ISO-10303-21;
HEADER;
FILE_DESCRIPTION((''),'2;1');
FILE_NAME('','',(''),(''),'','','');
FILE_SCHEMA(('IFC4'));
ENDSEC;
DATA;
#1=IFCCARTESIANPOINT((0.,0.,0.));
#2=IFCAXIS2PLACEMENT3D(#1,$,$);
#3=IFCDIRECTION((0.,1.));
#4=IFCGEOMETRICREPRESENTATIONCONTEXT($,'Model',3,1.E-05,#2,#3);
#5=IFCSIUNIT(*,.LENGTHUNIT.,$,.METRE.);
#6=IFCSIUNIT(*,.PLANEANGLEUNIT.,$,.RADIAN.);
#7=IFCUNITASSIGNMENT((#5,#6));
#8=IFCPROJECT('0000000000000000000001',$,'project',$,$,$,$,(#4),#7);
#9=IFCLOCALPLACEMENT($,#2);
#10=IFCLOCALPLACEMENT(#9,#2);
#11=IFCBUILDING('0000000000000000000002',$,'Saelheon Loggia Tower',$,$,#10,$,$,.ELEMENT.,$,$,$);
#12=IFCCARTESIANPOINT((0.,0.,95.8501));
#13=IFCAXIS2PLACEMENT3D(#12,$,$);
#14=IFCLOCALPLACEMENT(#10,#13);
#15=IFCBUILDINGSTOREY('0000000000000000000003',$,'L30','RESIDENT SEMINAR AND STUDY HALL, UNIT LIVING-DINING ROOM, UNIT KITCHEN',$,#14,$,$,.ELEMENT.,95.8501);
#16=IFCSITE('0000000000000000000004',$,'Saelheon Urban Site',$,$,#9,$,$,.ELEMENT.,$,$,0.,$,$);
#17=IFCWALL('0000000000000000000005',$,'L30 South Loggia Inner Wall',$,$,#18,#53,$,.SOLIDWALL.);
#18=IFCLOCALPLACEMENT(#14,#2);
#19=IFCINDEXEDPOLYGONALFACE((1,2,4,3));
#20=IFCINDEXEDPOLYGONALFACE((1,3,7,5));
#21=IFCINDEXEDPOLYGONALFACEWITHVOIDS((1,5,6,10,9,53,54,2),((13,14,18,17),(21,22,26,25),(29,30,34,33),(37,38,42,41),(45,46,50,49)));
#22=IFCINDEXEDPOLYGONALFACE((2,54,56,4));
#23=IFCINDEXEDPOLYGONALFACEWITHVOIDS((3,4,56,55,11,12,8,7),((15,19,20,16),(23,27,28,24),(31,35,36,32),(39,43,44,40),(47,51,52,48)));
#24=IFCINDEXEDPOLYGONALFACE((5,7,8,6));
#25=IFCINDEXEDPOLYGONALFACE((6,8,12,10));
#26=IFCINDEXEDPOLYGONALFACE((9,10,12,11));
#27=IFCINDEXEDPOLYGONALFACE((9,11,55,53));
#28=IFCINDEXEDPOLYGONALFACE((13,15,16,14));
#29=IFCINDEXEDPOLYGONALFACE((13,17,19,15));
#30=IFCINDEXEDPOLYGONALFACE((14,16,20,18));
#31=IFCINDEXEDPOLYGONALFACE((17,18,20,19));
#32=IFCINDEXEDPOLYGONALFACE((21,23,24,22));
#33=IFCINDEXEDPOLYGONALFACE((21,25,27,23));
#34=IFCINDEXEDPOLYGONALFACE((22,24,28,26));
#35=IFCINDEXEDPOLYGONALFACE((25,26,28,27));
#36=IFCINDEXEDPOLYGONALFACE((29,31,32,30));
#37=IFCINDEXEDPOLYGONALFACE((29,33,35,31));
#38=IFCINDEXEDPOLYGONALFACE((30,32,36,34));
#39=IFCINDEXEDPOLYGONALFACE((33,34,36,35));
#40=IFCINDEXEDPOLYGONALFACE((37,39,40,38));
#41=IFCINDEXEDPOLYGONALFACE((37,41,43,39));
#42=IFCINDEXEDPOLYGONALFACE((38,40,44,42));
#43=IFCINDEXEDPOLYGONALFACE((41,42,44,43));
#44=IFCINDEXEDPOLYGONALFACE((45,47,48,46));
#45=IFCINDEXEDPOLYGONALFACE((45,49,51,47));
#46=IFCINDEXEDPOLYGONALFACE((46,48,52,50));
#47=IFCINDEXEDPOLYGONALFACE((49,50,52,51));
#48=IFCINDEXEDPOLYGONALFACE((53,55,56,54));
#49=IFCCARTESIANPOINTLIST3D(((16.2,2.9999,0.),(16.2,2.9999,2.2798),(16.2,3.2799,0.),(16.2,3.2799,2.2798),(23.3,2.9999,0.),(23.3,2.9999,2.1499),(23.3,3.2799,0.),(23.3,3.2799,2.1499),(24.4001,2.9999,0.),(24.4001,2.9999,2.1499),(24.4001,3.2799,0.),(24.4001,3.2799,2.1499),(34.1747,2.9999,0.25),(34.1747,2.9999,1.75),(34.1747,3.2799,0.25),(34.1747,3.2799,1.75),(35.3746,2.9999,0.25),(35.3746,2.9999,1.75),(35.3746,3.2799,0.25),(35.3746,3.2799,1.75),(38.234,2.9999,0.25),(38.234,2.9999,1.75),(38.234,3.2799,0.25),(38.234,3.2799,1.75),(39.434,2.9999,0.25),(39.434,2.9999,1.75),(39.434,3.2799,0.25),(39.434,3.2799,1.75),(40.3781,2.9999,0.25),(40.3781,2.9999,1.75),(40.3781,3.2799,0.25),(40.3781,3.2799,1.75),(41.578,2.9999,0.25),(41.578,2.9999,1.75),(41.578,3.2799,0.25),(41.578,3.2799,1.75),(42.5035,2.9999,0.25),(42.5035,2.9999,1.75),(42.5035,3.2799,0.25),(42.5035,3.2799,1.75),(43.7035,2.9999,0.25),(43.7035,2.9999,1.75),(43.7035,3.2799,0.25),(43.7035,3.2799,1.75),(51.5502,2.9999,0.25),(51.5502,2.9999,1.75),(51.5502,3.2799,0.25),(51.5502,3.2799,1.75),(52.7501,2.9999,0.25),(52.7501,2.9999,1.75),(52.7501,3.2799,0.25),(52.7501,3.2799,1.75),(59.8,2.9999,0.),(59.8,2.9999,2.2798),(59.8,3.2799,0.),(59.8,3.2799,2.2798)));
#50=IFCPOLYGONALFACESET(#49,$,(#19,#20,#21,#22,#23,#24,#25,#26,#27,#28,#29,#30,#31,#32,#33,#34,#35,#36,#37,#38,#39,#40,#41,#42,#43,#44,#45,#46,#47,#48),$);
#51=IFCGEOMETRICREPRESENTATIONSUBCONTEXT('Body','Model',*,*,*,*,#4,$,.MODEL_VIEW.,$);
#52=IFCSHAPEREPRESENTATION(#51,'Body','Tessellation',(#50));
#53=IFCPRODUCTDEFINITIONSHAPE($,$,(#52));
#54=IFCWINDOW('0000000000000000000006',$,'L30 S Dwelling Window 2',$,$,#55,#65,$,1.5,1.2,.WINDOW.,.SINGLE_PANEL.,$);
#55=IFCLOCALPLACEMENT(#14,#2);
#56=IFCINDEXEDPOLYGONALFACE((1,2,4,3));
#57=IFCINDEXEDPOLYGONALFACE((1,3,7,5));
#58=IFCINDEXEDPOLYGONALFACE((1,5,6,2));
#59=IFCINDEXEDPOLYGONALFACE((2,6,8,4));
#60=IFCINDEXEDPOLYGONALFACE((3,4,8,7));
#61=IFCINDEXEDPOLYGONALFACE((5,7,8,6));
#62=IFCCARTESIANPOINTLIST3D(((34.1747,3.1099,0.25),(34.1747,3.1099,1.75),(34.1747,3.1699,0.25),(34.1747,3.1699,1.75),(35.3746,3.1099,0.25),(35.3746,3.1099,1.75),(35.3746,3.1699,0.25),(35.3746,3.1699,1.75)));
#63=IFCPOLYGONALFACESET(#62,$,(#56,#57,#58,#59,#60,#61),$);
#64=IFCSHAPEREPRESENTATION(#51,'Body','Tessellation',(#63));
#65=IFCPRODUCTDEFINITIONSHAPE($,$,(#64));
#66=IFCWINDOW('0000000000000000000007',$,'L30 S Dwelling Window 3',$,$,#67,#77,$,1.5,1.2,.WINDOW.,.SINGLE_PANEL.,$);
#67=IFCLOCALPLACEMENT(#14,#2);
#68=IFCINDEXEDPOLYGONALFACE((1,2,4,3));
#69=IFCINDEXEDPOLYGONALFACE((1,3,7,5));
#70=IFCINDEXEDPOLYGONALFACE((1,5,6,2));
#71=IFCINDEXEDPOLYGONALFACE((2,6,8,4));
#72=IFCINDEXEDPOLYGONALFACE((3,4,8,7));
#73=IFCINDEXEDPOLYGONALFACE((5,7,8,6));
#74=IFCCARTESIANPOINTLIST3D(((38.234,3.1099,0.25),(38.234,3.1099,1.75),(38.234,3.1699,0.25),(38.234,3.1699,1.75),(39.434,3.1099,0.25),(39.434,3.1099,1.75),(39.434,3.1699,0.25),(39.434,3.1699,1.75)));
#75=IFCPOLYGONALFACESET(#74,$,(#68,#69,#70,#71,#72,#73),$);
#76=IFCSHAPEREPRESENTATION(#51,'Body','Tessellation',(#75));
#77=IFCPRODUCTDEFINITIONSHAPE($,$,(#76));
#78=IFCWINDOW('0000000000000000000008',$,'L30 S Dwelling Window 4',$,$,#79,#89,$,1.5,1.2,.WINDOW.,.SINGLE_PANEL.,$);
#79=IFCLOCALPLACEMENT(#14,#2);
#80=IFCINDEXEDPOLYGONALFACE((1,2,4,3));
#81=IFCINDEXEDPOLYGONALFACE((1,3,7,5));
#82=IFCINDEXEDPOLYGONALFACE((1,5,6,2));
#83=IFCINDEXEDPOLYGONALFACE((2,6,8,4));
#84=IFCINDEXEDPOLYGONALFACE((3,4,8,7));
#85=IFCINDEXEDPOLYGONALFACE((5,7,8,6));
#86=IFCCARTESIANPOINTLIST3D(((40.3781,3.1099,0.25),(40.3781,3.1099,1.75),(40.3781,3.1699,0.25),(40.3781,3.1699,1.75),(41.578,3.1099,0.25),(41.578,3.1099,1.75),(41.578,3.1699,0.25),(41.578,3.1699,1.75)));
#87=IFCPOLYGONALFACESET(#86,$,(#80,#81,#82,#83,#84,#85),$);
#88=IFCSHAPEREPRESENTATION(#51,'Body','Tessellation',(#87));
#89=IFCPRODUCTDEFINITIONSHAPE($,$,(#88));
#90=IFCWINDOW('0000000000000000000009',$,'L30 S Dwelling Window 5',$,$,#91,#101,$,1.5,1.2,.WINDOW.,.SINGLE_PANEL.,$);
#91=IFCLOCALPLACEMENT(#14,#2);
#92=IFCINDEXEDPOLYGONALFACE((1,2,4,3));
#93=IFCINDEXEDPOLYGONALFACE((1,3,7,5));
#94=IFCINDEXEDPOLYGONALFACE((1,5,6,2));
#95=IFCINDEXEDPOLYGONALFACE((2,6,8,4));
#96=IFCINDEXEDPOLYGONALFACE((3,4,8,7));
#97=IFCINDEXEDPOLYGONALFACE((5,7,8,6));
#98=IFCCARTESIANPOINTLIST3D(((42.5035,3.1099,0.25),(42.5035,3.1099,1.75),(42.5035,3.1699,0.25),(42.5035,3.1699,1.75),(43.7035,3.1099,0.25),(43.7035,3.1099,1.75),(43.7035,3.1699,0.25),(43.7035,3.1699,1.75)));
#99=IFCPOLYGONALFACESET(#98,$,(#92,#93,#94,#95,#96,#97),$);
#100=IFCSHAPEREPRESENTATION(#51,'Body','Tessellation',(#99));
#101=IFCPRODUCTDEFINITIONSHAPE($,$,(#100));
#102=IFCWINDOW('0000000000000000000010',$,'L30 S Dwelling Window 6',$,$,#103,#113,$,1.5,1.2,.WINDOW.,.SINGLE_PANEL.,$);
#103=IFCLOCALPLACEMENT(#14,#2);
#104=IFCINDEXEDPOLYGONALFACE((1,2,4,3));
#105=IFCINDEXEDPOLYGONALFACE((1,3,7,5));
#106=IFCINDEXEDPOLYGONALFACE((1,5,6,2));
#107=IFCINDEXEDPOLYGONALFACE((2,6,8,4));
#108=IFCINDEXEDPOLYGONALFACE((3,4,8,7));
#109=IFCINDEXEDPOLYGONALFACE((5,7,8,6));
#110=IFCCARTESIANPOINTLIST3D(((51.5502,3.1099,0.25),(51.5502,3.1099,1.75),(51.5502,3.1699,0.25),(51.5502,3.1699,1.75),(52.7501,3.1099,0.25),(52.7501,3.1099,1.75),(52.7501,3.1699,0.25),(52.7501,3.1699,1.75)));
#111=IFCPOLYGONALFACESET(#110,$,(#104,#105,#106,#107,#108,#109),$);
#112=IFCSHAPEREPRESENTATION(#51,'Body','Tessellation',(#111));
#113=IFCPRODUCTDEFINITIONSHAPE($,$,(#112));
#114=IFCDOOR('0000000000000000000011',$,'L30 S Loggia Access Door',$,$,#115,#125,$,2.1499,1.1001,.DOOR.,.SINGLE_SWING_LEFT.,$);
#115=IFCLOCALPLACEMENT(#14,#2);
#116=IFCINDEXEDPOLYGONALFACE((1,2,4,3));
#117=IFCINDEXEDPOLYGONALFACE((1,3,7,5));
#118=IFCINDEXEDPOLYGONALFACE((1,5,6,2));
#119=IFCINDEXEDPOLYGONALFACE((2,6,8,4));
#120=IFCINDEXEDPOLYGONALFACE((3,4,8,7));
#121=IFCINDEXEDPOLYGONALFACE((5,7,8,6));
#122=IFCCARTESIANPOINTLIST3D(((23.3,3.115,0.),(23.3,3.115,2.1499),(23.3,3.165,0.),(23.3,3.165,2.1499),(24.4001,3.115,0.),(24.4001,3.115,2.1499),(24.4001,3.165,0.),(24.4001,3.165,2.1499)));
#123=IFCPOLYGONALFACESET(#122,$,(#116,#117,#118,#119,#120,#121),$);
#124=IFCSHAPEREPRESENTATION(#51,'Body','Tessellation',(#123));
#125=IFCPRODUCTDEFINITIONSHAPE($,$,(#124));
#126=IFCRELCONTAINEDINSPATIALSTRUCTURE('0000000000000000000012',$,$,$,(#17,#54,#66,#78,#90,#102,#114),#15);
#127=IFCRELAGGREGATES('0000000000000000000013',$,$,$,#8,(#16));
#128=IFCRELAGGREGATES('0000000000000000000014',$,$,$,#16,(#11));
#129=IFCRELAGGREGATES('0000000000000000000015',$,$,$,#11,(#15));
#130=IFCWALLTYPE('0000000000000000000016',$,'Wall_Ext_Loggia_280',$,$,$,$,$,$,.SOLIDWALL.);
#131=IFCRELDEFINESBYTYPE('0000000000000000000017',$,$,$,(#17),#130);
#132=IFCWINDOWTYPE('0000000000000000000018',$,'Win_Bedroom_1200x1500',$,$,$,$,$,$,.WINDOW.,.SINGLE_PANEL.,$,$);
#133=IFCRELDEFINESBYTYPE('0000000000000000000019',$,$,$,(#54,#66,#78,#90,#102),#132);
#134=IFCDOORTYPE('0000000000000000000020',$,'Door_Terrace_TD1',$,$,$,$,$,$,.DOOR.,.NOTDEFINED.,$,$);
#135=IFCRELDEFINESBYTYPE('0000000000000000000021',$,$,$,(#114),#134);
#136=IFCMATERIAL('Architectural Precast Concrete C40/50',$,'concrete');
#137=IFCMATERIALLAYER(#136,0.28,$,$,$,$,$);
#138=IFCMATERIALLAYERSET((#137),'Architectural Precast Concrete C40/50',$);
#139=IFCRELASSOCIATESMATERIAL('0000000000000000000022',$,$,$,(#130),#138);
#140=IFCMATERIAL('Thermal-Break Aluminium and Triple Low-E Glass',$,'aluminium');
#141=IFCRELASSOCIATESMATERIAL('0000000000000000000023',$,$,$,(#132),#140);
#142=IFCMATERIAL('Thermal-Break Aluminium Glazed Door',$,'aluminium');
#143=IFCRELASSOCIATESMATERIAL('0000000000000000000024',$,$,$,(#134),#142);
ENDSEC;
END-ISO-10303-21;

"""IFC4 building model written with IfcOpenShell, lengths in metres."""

from ifc_helpers import new_model, si_unit, direction, frame, frame_2d, origin, place, context, subcontext, project, spatial, rectangle, extrude, source, transform, mapped, material, layer, layer_set, type_object, element, fill, save


model = new_model("IFC4")

# Units and contexts
model_context = context("Model", 3, precision=1e-05, world=origin(), true_north=direction((0.0, 1.0)))
body_context = subcontext(model_context, "Body", "Model", "MODEL_VIEW")
ifc_project = project(units=[si_unit("LENGTHUNIT", "METRE"), si_unit("PLANEANGLEUNIT", "RADIAN")], contexts=[model_context])

# Site, building, storey
site_placement = place(None, origin())
site = spatial("IfcSite", under=ifc_project, at=site_placement, Name="Saelheon Urban Site", CompositionType="ELEMENT", RefElevation=0.0)
building_placement = place(site_placement, origin())
building = spatial("IfcBuilding", under=site, at=building_placement, Name="Saelheon Loggia Tower", CompositionType="ELEMENT")
storey_placement = place(building_placement, frame((0.0, 0.0, 95.8501)))
storey = spatial("IfcBuildingStorey", under=building, at=storey_placement, Name="L30", Description="RESIDENT SEMINAR AND STUDY HALL, UNIT LIVING-DINING ROOM, UNIT KITCHEN", CompositionType="ELEMENT", Elevation=95.8501)

# Wall, openings, windows, door
ifc_material_1 = material(Name="Architectural Precast Concrete C40/50", Category="concrete")
ifc_layer_1 = layer(ifc_material_1, 0.28)
ifc_layer_set_1 = layer_set([ifc_layer_1], Name="Architectural Precast Concrete C40/50")
wall_type_1 = type_object("IfcWallType", Name="Wall_Ext_Loggia_280", PredefinedType="SOLIDWALL", material=ifc_layer_set_1)
wall_1_placement = place(storey_placement, frame((16.2, 3.1399, 0.0), z_axis=(0.0, 0.0, 1.0), x_axis=(1.0, 0.0, 0.0)))
wall_1 = element("IfcWall", 1, at=wall_1_placement, inside=storey, type_object=wall_type_1, Name="L30 South Loggia Inner Wall", PredefinedType="SOLIDWALL", context=body_context, shape_type="SweptSolid", body=[
    extrude(rectangle(XDim=43.6001, YDim=0.28, at=frame_2d((21.8, 0.0))), origin(), (0.0, 0.0, 1.0), 2.2798),
])
opening_1_placement = place(wall_1_placement, frame((8.2002, 0.0, 0.0), z_axis=(0.0, 0.0, 1.0), x_axis=(-1.0, 0.0, 0.0)))
opening_1 = element("IfcOpeningElement", 2, at=opening_1_placement, cuts=wall_1, PredefinedType="OPENING", context=body_context, shape_type="SweptSolid", body=[
    extrude(rectangle(XDim=1.1001, YDim=2.1499, at=frame_2d((0.55, 1.075))), frame((0.0, 0.1521, 0.0), z_axis=(0.0, -1.0, 0.0), x_axis=(1.0, 0.0, 0.0)), (0.0, 0.0, 1.0), 0.304),
])
opening_2_placement = place(wall_1_placement, frame((17.9746, 0.0, 0.25)))
opening_2 = element("IfcOpeningElement", 3, at=opening_2_placement, cuts=wall_1, PredefinedType="OPENING", context=body_context, shape_type="SweptSolid", body=[
    extrude(rectangle(XDim=1.2, YDim=1.5, at=frame_2d((0.6001, 0.75))), frame((0.0, 0.1521, 0.0), z_axis=(0.0, -1.0, 0.0), x_axis=(1.0, 0.0, 0.0)), (0.0, 0.0, 1.0), 0.304),
])
opening_3_placement = place(wall_1_placement, frame((22.0339, 0.0, 0.25)))
opening_3 = element("IfcOpeningElement", 4, at=opening_3_placement, cuts=wall_1, PredefinedType="OPENING", context=body_context, shape_type="SweptSolid", body=[
    extrude(rectangle(XDim=1.2, YDim=1.5, at=frame_2d((0.6001, 0.75))), frame((0.0, 0.1521, 0.0), z_axis=(0.0, -1.0, 0.0), x_axis=(1.0, 0.0, 0.0)), (0.0, 0.0, 1.0), 0.304),
])
opening_4_placement = place(wall_1_placement, frame((24.178, 0.0, 0.25)))
opening_4 = element("IfcOpeningElement", 5, at=opening_4_placement, cuts=wall_1, PredefinedType="OPENING", context=body_context, shape_type="SweptSolid", body=[
    extrude(rectangle(XDim=1.2, YDim=1.5, at=frame_2d((0.6001, 0.75))), frame((0.0, 0.1521, 0.0), z_axis=(0.0, -1.0, 0.0), x_axis=(1.0, 0.0, 0.0)), (0.0, 0.0, 1.0), 0.304),
])
opening_5_placement = place(wall_1_placement, frame((26.3035, 0.0, 0.25)))
opening_5 = element("IfcOpeningElement", 6, at=opening_5_placement, cuts=wall_1, PredefinedType="OPENING", context=body_context, shape_type="SweptSolid", body=[
    extrude(rectangle(XDim=1.2, YDim=1.5, at=frame_2d((0.6001, 0.75))), frame((0.0, 0.1521, 0.0), z_axis=(0.0, -1.0, 0.0), x_axis=(1.0, 0.0, 0.0)), (0.0, 0.0, 1.0), 0.304),
])
opening_6_placement = place(wall_1_placement, frame((35.3501, 0.0, 0.25)))
opening_6 = element("IfcOpeningElement", 7, at=opening_6_placement, cuts=wall_1, PredefinedType="OPENING", context=body_context, shape_type="SweptSolid", body=[
    extrude(rectangle(XDim=1.2, YDim=1.5, at=frame_2d((0.6001, 0.75))), frame((0.0, 0.1521, 0.0), z_axis=(0.0, -1.0, 0.0), x_axis=(1.0, 0.0, 0.0)), (0.0, 0.0, 1.0), 0.304),
])
ifc_material_2 = material(Name="Thermal-Break Aluminium and Triple Low-E Glass", Category="aluminium")
window_type = type_object("IfcWindowType", Name="Win_Bedroom_1200x1500", PartitioningType="SINGLE_PANEL", PredefinedType="WINDOW", material=ifc_material_2)
shared_shape_1 = source(origin(), body_context, "Body", "SweptSolid", [
    extrude(rectangle(XDim=1.2, YDim=1.5, at=frame_2d((0.6001, 0.75))), frame((0.0, 0.03, 0.0), z_axis=(0.0, -1.0, 0.0), x_axis=(1.0, 0.0, 0.0)), (0.0, 0.0, 1.0), 0.0601),
])
window_1_placement = place(opening_2_placement, origin())
window_1 = element("IfcWindow", 8, at=window_1_placement, inside=storey, type_object=window_type, Name="L30 S Dwelling Window 2", OverallHeight=1.5, OverallWidth=1.2, PartitioningType="SINGLE_PANEL", PredefinedType="WINDOW", context=body_context, shape_type="MappedRepresentation", body=[
    mapped(shared_shape_1, transform((0.0, 0.0, 0.0), scale=1.0)),
])
fill(opening_2, window_1)
window_2_placement = place(opening_3_placement, origin())
window_2 = element("IfcWindow", 9, at=window_2_placement, inside=storey, type_object=window_type, Name="L30 S Dwelling Window 3", OverallHeight=1.5, OverallWidth=1.2, PartitioningType="SINGLE_PANEL", PredefinedType="WINDOW", context=body_context, shape_type="MappedRepresentation", body=[
    mapped(shared_shape_1, transform((0.0, 0.0, 0.0), scale=1.0)),
])
fill(opening_3, window_2)
window_3_placement = place(opening_4_placement, origin())
window_3 = element("IfcWindow", 10, at=window_3_placement, inside=storey, type_object=window_type, Name="L30 S Dwelling Window 4", OverallHeight=1.5, OverallWidth=1.2, PartitioningType="SINGLE_PANEL", PredefinedType="WINDOW", context=body_context, shape_type="MappedRepresentation", body=[
    mapped(shared_shape_1, transform((0.0, 0.0, 0.0), scale=1.0)),
])
fill(opening_4, window_3)
window_4_placement = place(opening_5_placement, origin())
window_4 = element("IfcWindow", 11, at=window_4_placement, inside=storey, type_object=window_type, Name="L30 S Dwelling Window 5", OverallHeight=1.5, OverallWidth=1.2, PartitioningType="SINGLE_PANEL", PredefinedType="WINDOW", context=body_context, shape_type="MappedRepresentation", body=[
    mapped(shared_shape_1, transform((0.0, 0.0, 0.0), scale=1.0)),
])
fill(opening_5, window_4)
window_5_placement = place(opening_6_placement, origin())
window_5 = element("IfcWindow", 12, at=window_5_placement, inside=storey, type_object=window_type, Name="L30 S Dwelling Window 6", OverallHeight=1.5, OverallWidth=1.2, PartitioningType="SINGLE_PANEL", PredefinedType="WINDOW", context=body_context, shape_type="MappedRepresentation", body=[
    mapped(shared_shape_1, transform((0.0, 0.0, 0.0), scale=1.0)),
])
fill(opening_6, window_5)
ifc_material_3 = material(Name="Thermal-Break Aluminium Glazed Door", Category="aluminium")
door_type_1 = type_object("IfcDoorType", Name="Door_Terrace_TD1", OperationType="NOTDEFINED", PredefinedType="DOOR", material=ifc_material_3)
shared_shape_2 = source(origin(), body_context, "Body", "SweptSolid", [
    extrude(rectangle(XDim=1.1001, YDim=2.1499, at=frame_2d((0.55, 1.075))), frame((0.0, 0.0249, 0.0), z_axis=(0.0, -1.0, 0.0), x_axis=(1.0, 0.0, 0.0)), (0.0, 0.0, 1.0), 0.05),
])
door_1_placement = place(opening_1_placement, origin())
door_1 = element("IfcDoor", 13, at=door_1_placement, inside=storey, type_object=door_type_1, Name="L30 S Loggia Access Door", OperationType="SINGLE_SWING_LEFT", OverallHeight=2.1499, OverallWidth=1.1001, PredefinedType="DOOR", context=body_context, shape_type="MappedRepresentation", body=[
    mapped(shared_shape_2, transform((0.0, 0.0, 0.0), scale=1.0)),
])
fill(opening_1, door_1)

save(model, "model.ifc")
